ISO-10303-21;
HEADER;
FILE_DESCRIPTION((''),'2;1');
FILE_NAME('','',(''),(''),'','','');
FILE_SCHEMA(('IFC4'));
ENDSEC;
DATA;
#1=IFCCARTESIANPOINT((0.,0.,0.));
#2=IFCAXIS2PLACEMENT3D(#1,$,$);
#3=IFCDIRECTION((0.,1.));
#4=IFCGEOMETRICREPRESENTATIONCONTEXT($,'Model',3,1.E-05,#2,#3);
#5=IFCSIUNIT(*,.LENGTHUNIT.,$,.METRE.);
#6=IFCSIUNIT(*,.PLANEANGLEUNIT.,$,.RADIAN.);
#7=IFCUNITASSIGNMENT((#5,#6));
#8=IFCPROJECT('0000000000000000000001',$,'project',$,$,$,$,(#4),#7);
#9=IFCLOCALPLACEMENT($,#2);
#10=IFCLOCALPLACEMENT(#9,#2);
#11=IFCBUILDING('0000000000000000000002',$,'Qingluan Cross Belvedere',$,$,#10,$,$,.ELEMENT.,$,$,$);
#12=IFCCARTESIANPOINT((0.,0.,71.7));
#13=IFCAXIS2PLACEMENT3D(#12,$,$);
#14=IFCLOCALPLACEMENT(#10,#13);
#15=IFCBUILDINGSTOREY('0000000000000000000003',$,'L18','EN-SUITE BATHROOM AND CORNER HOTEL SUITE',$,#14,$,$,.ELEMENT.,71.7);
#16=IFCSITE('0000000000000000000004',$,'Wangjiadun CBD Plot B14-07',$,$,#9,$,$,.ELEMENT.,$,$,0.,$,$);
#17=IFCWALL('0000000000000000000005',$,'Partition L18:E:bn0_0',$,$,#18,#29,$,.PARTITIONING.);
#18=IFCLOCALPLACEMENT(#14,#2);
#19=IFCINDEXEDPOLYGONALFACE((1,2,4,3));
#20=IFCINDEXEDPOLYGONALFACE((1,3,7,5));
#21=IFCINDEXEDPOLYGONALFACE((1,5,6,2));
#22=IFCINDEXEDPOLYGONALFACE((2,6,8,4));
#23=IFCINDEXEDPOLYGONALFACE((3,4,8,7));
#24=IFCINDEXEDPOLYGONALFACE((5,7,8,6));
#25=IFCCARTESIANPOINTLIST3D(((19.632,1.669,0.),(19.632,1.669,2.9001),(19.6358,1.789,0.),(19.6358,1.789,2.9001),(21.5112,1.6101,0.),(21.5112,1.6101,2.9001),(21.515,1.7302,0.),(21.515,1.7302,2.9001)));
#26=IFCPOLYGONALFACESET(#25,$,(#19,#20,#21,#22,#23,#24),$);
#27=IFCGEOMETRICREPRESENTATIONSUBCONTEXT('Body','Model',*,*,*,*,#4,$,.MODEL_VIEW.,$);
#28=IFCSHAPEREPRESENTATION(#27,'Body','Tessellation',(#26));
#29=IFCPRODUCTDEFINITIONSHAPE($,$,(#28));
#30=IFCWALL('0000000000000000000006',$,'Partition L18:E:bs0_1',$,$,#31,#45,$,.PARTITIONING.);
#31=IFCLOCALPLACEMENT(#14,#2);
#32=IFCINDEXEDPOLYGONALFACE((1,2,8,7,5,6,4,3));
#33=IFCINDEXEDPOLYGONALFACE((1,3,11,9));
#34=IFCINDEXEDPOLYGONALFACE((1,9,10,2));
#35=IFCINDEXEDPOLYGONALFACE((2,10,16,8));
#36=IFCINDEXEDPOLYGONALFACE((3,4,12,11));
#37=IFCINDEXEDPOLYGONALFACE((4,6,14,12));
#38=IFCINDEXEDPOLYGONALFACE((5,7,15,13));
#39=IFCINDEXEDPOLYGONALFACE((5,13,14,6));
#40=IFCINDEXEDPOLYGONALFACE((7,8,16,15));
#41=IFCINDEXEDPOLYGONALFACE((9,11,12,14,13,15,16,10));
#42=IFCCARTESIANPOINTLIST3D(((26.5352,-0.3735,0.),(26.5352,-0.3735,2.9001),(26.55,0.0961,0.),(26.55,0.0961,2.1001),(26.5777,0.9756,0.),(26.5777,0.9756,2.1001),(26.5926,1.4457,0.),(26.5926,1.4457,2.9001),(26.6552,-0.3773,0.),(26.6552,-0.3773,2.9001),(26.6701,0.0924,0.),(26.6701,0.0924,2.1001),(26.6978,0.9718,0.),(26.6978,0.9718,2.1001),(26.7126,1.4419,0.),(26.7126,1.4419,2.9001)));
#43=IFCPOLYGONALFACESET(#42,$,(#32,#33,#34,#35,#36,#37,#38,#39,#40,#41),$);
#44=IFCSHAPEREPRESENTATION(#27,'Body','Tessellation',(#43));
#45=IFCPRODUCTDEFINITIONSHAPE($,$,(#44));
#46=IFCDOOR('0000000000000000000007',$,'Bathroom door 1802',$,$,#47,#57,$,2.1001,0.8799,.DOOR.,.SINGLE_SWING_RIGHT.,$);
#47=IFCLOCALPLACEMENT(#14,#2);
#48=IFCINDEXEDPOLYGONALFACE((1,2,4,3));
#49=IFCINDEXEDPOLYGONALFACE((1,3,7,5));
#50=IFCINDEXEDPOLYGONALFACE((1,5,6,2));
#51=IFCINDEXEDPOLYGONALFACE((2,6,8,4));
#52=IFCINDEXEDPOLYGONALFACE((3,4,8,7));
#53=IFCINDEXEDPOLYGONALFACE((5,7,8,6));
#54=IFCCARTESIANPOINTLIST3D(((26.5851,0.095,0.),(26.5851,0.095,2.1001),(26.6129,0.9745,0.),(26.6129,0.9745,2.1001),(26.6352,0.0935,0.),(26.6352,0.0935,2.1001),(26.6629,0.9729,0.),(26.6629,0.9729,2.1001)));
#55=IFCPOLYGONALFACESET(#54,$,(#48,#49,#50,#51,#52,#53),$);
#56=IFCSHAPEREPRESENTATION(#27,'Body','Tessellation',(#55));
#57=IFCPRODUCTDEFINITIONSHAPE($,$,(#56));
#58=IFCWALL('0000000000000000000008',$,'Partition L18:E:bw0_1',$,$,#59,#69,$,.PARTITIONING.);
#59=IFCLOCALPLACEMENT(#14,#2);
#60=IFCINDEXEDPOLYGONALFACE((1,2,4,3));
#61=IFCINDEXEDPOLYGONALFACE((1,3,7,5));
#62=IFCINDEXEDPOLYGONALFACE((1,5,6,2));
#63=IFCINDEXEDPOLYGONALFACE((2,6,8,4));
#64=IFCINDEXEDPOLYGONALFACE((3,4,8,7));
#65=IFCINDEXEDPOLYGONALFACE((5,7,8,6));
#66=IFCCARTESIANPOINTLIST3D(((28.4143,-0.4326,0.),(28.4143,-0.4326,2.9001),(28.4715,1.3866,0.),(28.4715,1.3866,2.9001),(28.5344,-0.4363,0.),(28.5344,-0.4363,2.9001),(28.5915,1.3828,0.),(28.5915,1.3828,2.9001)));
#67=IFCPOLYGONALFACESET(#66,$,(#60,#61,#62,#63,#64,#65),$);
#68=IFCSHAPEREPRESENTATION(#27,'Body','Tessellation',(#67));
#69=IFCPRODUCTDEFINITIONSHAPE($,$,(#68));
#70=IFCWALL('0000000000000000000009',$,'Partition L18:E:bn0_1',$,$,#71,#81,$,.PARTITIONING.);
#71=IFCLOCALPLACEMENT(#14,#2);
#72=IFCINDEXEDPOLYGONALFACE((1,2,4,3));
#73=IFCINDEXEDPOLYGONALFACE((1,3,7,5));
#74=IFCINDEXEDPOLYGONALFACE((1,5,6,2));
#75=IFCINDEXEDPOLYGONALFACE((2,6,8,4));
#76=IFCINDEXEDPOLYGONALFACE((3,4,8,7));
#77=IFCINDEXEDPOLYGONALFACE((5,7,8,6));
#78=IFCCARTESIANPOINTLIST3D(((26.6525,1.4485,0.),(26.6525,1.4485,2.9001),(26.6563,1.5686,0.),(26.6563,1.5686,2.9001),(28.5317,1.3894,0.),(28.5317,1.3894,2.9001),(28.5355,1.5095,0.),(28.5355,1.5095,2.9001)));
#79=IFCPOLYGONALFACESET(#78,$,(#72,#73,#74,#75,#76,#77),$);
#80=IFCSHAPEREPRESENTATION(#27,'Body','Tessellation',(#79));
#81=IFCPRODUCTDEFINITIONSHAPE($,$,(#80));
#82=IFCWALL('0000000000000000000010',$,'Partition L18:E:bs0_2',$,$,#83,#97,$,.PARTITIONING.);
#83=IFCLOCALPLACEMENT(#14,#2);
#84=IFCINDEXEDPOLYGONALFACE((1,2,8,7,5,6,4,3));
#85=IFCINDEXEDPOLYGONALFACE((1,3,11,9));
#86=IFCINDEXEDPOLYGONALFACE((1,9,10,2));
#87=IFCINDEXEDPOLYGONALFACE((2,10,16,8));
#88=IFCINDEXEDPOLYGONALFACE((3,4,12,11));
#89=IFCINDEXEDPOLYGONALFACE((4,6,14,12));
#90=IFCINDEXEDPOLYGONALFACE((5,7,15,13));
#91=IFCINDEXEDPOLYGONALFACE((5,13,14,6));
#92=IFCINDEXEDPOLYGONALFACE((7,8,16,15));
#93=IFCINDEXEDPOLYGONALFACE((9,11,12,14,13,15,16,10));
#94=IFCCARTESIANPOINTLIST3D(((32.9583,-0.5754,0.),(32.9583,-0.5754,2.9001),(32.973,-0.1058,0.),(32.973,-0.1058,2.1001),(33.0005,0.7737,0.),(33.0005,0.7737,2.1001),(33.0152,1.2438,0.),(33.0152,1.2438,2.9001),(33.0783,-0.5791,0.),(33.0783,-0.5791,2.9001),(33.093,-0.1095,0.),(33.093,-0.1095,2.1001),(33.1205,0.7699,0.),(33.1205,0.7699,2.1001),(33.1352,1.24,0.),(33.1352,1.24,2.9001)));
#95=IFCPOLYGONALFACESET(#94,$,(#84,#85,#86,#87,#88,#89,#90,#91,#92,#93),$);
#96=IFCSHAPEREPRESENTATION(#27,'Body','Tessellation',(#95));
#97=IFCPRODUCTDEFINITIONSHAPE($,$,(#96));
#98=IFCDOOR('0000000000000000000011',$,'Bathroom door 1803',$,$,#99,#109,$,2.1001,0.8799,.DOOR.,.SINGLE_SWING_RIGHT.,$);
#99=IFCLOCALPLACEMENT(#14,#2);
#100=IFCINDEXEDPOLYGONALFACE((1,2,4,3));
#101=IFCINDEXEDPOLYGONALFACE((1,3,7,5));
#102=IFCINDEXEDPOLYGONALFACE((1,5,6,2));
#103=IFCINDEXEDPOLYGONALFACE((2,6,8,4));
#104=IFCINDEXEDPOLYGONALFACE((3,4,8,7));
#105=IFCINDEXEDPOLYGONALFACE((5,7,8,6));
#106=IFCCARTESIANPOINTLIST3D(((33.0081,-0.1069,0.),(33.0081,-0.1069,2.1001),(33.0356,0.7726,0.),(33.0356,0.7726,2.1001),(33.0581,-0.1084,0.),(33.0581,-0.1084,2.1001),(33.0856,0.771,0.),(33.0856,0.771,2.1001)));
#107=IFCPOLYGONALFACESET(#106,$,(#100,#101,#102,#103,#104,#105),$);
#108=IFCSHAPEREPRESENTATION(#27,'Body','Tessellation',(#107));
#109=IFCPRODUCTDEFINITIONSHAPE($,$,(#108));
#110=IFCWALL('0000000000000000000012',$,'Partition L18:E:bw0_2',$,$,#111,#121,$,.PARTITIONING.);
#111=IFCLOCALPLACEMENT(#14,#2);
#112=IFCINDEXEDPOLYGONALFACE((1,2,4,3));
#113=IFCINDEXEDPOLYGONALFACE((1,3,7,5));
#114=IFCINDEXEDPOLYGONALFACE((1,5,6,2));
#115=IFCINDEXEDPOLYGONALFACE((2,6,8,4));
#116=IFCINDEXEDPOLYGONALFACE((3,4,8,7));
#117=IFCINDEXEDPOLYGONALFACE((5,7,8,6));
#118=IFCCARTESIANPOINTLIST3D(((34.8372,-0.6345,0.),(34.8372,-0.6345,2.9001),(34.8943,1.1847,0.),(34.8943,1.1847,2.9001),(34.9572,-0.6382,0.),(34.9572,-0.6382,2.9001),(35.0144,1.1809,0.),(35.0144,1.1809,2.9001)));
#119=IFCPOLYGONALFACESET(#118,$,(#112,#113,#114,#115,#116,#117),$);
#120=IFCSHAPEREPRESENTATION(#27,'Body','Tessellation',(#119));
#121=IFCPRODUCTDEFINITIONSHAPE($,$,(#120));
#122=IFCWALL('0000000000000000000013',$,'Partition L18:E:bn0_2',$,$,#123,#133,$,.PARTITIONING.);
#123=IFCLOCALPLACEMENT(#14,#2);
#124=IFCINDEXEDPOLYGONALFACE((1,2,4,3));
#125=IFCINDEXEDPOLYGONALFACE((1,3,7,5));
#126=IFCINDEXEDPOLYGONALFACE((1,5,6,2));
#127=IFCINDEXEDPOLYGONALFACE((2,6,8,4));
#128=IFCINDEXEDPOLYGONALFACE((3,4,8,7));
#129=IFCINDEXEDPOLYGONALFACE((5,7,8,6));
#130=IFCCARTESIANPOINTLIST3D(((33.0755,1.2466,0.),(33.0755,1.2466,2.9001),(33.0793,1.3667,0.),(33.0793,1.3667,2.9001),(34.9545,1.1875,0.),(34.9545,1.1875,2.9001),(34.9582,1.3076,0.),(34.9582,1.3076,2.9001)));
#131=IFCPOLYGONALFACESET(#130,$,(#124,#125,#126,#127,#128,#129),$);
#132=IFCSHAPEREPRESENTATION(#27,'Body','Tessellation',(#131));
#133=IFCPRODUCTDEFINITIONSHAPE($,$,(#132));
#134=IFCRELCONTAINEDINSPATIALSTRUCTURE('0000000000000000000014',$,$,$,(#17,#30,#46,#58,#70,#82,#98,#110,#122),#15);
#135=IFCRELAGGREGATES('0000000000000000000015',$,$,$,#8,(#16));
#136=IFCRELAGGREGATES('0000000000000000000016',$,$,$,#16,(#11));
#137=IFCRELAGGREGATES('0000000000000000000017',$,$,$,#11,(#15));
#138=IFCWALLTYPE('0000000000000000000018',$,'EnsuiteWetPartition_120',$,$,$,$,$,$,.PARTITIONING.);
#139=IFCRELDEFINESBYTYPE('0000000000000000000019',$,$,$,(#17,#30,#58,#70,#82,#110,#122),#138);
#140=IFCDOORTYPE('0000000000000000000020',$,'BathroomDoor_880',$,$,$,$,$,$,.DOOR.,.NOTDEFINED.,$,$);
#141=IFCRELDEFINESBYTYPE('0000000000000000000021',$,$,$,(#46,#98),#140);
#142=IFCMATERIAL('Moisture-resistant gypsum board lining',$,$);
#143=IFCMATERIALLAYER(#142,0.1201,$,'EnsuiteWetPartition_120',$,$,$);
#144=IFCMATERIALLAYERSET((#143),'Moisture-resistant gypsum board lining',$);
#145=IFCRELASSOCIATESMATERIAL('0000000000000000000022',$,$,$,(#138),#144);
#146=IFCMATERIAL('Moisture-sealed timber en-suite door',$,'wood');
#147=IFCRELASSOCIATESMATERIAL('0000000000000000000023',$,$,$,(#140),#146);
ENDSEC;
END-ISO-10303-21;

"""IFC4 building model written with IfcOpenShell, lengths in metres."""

from ifc_helpers import new_model, si_unit, direction, frame, frame_2d, origin, place, context, subcontext, project, spatial, rectangle, extrude, material, layer, layer_set, type_object, element, fill, save


model = new_model("IFC4")

# Units and contexts
model_context = context("Model", 3, precision=1e-05, world=origin(), true_north=direction((0.0, 1.0)))
body_context = subcontext(model_context, "Body", "Model", "MODEL_VIEW")
ifc_project = project(units=[si_unit("LENGTHUNIT", "METRE"), si_unit("PLANEANGLEUNIT", "RADIAN")], contexts=[model_context])

# Site, building, storey
site_placement = place(None, origin())
site = spatial("IfcSite", under=ifc_project, at=site_placement, Name="Wangjiadun CBD Plot B14-07", CompositionType="ELEMENT", RefElevation=0.0)
building_placement = place(site_placement, origin())
building = spatial("IfcBuilding", under=site, at=building_placement, Name="Qingluan Cross Belvedere", CompositionType="ELEMENT")
storey_placement = place(building_placement, frame((0.0, 0.0, 71.7)))
storey = spatial("IfcBuildingStorey", under=building, at=storey_placement, Name="L18", Description="EN-SUITE BATHROOM AND CORNER HOTEL SUITE", CompositionType="ELEMENT", Elevation=71.7)

# Shared definitions
ifc_material_1 = material(Name="Moisture-resistant gypsum board lining")
ifc_layer_1 = layer(ifc_material_1, 0.1201, Name="EnsuiteWetPartition_120")
ifc_layer_set_1 = layer_set([ifc_layer_1], Name="Moisture-resistant gypsum board lining")
wall_type_1 = type_object("IfcWallType", Name="EnsuiteWetPartition_120", PredefinedType="PARTITIONING", material=ifc_layer_set_1)
ifc_material_2 = material(Name="Moisture-sealed timber en-suite door", Category="wood")
door_type = type_object("IfcDoorType", Name="BathroomDoor_880", OperationType="NOTDEFINED", PredefinedType="DOOR", material=ifc_material_2)

# Wall
wall_1_placement = place(storey_placement, frame((19.634, 1.729, 0.0), z_axis=(0.0, 0.0, 1.0), x_axis=(0.99951, -0.031296, 0.0)))
element("IfcWall", 1, at=wall_1_placement, inside=storey, type_object=wall_type_1, Name="Partition L18:E:bn0_0", PredefinedType="PARTITIONING", context=body_context, shape_type="SweptSolid", body=[
    extrude(rectangle(XDim=1.8801, YDim=0.1201, at=frame_2d((0.9399, 0.0))), origin(), (0.0, 0.0, 1.0), 2.9001),
])

# Wall, opening, door
wall_2_placement = place(storey_placement, frame((26.5952, -0.3755, 0.0), z_axis=(0.0, 0.0, 1.0), x_axis=(0.031524, 0.999503, 0.0)))
wall_2 = element("IfcWall", 2, at=wall_2_placement, inside=storey, type_object=wall_type_1, Name="Partition L18:E:bs0_1", PredefinedType="PARTITIONING", context=body_context, shape_type="SweptSolid", body=[
    extrude(rectangle(XDim=1.8201, YDim=0.1201, at=frame_2d((0.9102, 0.0))), origin(), (0.0, 0.0, 1.0), 2.9001),
])
opening_1_placement = place(wall_2_placement, frame((0.47, 0.0, 0.0)))
opening_1 = element("IfcOpeningElement", 3, at=opening_1_placement, cuts=wall_2, PredefinedType="OPENING", context=body_context, shape_type="SweptSolid", body=[
    extrude(rectangle(XDim=0.8799, YDim=2.1001, at=frame_2d((0.4399, 1.05))), frame((0.0, 0.0701, 0.0), z_axis=(0.0, -1.0, 0.0), x_axis=(1.0, 0.0, 0.0)), (0.0, 0.0, 1.0), 0.1401),
])
door_1_placement = place(opening_1_placement, origin())
door_1 = element("IfcDoor", 4, at=door_1_placement, inside=storey, type_object=door_type, Name="Bathroom door 1802", OperationType="SINGLE_SWING_RIGHT", OverallHeight=2.1001, OverallWidth=0.8799, PredefinedType="DOOR", context=body_context, shape_type="SweptSolid", body=[
    extrude(rectangle(XDim=0.8799, YDim=2.1001, at=frame_2d((0.4399, 1.05))), frame((0.0, 0.0249, 0.0), z_axis=(0.0, -1.0, 0.0), x_axis=(1.0, 0.0, 0.0)), (0.0, 0.0, 1.0), 0.05),
])
fill(opening_1, door_1)

# Walls
wall_3_placement = place(storey_placement, frame((28.4744, -0.4346, 0.0), z_axis=(0.0, 0.0, 1.0), x_axis=(0.03139, 0.999507, 0.0)))
element("IfcWall", 5, at=wall_3_placement, inside=storey, type_object=wall_type_1, Name="Partition L18:E:bw0_1", PredefinedType="PARTITIONING", context=body_context, shape_type="SweptSolid", body=[
    extrude(rectangle(XDim=1.8201, YDim=0.1201, at=frame_2d((0.9102, 0.0))), origin(), (0.0, 0.0, 1.0), 2.9001),
])
wall_4_placement = place(storey_placement, frame((26.6545, 1.5085, 0.0), z_axis=(0.0, 0.0, 1.0), x_axis=(0.999506, -0.031425, 0.0)))
element("IfcWall", 6, at=wall_4_placement, inside=storey, type_object=wall_type_1, Name="Partition L18:E:bn0_1", PredefinedType="PARTITIONING", context=body_context, shape_type="SweptSolid", body=[
    extrude(rectangle(XDim=1.8801, YDim=0.1201, at=frame_2d((0.9399, 0.0))), origin(), (0.0, 0.0, 1.0), 2.9001),
])

# Wall, opening, door
wall_5_placement = place(storey_placement, frame((33.0183, -0.5774, 0.0), z_axis=(0.0, 0.0, 1.0), x_axis=(0.031256, 0.999511, 0.0)))
wall_5 = element("IfcWall", 7, at=wall_5_placement, inside=storey, type_object=wall_type_1, Name="Partition L18:E:bs0_2", PredefinedType="PARTITIONING", context=body_context, shape_type="SweptSolid", body=[
    extrude(rectangle(XDim=1.8201, YDim=0.1201, at=frame_2d((0.9102, 0.0))), origin(), (0.0, 0.0, 1.0), 2.9001),
])
opening_2_placement = place(wall_5_placement, frame((0.47, 0.0, 0.0)))
opening_2 = element("IfcOpeningElement", 8, at=opening_2_placement, cuts=wall_5, PredefinedType="OPENING", context=body_context, shape_type="SweptSolid", body=[
    extrude(rectangle(XDim=0.8799, YDim=2.1001, at=frame_2d((0.4399, 1.05))), frame((0.0, 0.0701, 0.0), z_axis=(0.0, -1.0, 0.0), x_axis=(1.0, 0.0, 0.0)), (0.0, 0.0, 1.0), 0.1401),
])
door_2_placement = place(opening_2_placement, origin())
door_2 = element("IfcDoor", 9, at=door_2_placement, inside=storey, type_object=door_type, Name="Bathroom door 1803", OperationType="SINGLE_SWING_RIGHT", OverallHeight=2.1001, OverallWidth=0.8799, PredefinedType="DOOR", context=body_context, shape_type="SweptSolid", body=[
    extrude(rectangle(XDim=0.8799, YDim=2.1001, at=frame_2d((0.4399, 1.05))), frame((0.0, 0.0249, 0.0), z_axis=(0.0, -1.0, 0.0), x_axis=(1.0, 0.0, 0.0)), (0.0, 0.0, 1.0), 0.05),
])
fill(opening_2, door_2)

# Walls
wall_6_placement = place(storey_placement, frame((34.8972, -0.6365, 0.0), z_axis=(0.0, 0.0, 1.0), x_axis=(0.03139, 0.999507, 0.0)))
element("IfcWall", 10, at=wall_6_placement, inside=storey, type_object=wall_type_1, Name="Partition L18:E:bw0_2", PredefinedType="PARTITIONING", context=body_context, shape_type="SweptSolid", body=[
    extrude(rectangle(XDim=1.8201, YDim=0.1201, at=frame_2d((0.9102, 0.0))), origin(), (0.0, 0.0, 1.0), 2.9001),
])
wall_7_placement = place(storey_placement, frame((33.0774, 1.3066, 0.0), z_axis=(0.0, 0.0, 1.0), x_axis=(0.999506, -0.031429, 0.0)))
element("IfcWall", 11, at=wall_7_placement, inside=storey, type_object=wall_type_1, Name="Partition L18:E:bn0_2", PredefinedType="PARTITIONING", context=body_context, shape_type="SweptSolid", body=[
    extrude(rectangle(XDim=1.8799, YDim=0.1201, at=frame_2d((0.9399, 0.0))), origin(), (0.0, 0.0, 1.0), 2.9001),
])

save(model, "model.ifc")
